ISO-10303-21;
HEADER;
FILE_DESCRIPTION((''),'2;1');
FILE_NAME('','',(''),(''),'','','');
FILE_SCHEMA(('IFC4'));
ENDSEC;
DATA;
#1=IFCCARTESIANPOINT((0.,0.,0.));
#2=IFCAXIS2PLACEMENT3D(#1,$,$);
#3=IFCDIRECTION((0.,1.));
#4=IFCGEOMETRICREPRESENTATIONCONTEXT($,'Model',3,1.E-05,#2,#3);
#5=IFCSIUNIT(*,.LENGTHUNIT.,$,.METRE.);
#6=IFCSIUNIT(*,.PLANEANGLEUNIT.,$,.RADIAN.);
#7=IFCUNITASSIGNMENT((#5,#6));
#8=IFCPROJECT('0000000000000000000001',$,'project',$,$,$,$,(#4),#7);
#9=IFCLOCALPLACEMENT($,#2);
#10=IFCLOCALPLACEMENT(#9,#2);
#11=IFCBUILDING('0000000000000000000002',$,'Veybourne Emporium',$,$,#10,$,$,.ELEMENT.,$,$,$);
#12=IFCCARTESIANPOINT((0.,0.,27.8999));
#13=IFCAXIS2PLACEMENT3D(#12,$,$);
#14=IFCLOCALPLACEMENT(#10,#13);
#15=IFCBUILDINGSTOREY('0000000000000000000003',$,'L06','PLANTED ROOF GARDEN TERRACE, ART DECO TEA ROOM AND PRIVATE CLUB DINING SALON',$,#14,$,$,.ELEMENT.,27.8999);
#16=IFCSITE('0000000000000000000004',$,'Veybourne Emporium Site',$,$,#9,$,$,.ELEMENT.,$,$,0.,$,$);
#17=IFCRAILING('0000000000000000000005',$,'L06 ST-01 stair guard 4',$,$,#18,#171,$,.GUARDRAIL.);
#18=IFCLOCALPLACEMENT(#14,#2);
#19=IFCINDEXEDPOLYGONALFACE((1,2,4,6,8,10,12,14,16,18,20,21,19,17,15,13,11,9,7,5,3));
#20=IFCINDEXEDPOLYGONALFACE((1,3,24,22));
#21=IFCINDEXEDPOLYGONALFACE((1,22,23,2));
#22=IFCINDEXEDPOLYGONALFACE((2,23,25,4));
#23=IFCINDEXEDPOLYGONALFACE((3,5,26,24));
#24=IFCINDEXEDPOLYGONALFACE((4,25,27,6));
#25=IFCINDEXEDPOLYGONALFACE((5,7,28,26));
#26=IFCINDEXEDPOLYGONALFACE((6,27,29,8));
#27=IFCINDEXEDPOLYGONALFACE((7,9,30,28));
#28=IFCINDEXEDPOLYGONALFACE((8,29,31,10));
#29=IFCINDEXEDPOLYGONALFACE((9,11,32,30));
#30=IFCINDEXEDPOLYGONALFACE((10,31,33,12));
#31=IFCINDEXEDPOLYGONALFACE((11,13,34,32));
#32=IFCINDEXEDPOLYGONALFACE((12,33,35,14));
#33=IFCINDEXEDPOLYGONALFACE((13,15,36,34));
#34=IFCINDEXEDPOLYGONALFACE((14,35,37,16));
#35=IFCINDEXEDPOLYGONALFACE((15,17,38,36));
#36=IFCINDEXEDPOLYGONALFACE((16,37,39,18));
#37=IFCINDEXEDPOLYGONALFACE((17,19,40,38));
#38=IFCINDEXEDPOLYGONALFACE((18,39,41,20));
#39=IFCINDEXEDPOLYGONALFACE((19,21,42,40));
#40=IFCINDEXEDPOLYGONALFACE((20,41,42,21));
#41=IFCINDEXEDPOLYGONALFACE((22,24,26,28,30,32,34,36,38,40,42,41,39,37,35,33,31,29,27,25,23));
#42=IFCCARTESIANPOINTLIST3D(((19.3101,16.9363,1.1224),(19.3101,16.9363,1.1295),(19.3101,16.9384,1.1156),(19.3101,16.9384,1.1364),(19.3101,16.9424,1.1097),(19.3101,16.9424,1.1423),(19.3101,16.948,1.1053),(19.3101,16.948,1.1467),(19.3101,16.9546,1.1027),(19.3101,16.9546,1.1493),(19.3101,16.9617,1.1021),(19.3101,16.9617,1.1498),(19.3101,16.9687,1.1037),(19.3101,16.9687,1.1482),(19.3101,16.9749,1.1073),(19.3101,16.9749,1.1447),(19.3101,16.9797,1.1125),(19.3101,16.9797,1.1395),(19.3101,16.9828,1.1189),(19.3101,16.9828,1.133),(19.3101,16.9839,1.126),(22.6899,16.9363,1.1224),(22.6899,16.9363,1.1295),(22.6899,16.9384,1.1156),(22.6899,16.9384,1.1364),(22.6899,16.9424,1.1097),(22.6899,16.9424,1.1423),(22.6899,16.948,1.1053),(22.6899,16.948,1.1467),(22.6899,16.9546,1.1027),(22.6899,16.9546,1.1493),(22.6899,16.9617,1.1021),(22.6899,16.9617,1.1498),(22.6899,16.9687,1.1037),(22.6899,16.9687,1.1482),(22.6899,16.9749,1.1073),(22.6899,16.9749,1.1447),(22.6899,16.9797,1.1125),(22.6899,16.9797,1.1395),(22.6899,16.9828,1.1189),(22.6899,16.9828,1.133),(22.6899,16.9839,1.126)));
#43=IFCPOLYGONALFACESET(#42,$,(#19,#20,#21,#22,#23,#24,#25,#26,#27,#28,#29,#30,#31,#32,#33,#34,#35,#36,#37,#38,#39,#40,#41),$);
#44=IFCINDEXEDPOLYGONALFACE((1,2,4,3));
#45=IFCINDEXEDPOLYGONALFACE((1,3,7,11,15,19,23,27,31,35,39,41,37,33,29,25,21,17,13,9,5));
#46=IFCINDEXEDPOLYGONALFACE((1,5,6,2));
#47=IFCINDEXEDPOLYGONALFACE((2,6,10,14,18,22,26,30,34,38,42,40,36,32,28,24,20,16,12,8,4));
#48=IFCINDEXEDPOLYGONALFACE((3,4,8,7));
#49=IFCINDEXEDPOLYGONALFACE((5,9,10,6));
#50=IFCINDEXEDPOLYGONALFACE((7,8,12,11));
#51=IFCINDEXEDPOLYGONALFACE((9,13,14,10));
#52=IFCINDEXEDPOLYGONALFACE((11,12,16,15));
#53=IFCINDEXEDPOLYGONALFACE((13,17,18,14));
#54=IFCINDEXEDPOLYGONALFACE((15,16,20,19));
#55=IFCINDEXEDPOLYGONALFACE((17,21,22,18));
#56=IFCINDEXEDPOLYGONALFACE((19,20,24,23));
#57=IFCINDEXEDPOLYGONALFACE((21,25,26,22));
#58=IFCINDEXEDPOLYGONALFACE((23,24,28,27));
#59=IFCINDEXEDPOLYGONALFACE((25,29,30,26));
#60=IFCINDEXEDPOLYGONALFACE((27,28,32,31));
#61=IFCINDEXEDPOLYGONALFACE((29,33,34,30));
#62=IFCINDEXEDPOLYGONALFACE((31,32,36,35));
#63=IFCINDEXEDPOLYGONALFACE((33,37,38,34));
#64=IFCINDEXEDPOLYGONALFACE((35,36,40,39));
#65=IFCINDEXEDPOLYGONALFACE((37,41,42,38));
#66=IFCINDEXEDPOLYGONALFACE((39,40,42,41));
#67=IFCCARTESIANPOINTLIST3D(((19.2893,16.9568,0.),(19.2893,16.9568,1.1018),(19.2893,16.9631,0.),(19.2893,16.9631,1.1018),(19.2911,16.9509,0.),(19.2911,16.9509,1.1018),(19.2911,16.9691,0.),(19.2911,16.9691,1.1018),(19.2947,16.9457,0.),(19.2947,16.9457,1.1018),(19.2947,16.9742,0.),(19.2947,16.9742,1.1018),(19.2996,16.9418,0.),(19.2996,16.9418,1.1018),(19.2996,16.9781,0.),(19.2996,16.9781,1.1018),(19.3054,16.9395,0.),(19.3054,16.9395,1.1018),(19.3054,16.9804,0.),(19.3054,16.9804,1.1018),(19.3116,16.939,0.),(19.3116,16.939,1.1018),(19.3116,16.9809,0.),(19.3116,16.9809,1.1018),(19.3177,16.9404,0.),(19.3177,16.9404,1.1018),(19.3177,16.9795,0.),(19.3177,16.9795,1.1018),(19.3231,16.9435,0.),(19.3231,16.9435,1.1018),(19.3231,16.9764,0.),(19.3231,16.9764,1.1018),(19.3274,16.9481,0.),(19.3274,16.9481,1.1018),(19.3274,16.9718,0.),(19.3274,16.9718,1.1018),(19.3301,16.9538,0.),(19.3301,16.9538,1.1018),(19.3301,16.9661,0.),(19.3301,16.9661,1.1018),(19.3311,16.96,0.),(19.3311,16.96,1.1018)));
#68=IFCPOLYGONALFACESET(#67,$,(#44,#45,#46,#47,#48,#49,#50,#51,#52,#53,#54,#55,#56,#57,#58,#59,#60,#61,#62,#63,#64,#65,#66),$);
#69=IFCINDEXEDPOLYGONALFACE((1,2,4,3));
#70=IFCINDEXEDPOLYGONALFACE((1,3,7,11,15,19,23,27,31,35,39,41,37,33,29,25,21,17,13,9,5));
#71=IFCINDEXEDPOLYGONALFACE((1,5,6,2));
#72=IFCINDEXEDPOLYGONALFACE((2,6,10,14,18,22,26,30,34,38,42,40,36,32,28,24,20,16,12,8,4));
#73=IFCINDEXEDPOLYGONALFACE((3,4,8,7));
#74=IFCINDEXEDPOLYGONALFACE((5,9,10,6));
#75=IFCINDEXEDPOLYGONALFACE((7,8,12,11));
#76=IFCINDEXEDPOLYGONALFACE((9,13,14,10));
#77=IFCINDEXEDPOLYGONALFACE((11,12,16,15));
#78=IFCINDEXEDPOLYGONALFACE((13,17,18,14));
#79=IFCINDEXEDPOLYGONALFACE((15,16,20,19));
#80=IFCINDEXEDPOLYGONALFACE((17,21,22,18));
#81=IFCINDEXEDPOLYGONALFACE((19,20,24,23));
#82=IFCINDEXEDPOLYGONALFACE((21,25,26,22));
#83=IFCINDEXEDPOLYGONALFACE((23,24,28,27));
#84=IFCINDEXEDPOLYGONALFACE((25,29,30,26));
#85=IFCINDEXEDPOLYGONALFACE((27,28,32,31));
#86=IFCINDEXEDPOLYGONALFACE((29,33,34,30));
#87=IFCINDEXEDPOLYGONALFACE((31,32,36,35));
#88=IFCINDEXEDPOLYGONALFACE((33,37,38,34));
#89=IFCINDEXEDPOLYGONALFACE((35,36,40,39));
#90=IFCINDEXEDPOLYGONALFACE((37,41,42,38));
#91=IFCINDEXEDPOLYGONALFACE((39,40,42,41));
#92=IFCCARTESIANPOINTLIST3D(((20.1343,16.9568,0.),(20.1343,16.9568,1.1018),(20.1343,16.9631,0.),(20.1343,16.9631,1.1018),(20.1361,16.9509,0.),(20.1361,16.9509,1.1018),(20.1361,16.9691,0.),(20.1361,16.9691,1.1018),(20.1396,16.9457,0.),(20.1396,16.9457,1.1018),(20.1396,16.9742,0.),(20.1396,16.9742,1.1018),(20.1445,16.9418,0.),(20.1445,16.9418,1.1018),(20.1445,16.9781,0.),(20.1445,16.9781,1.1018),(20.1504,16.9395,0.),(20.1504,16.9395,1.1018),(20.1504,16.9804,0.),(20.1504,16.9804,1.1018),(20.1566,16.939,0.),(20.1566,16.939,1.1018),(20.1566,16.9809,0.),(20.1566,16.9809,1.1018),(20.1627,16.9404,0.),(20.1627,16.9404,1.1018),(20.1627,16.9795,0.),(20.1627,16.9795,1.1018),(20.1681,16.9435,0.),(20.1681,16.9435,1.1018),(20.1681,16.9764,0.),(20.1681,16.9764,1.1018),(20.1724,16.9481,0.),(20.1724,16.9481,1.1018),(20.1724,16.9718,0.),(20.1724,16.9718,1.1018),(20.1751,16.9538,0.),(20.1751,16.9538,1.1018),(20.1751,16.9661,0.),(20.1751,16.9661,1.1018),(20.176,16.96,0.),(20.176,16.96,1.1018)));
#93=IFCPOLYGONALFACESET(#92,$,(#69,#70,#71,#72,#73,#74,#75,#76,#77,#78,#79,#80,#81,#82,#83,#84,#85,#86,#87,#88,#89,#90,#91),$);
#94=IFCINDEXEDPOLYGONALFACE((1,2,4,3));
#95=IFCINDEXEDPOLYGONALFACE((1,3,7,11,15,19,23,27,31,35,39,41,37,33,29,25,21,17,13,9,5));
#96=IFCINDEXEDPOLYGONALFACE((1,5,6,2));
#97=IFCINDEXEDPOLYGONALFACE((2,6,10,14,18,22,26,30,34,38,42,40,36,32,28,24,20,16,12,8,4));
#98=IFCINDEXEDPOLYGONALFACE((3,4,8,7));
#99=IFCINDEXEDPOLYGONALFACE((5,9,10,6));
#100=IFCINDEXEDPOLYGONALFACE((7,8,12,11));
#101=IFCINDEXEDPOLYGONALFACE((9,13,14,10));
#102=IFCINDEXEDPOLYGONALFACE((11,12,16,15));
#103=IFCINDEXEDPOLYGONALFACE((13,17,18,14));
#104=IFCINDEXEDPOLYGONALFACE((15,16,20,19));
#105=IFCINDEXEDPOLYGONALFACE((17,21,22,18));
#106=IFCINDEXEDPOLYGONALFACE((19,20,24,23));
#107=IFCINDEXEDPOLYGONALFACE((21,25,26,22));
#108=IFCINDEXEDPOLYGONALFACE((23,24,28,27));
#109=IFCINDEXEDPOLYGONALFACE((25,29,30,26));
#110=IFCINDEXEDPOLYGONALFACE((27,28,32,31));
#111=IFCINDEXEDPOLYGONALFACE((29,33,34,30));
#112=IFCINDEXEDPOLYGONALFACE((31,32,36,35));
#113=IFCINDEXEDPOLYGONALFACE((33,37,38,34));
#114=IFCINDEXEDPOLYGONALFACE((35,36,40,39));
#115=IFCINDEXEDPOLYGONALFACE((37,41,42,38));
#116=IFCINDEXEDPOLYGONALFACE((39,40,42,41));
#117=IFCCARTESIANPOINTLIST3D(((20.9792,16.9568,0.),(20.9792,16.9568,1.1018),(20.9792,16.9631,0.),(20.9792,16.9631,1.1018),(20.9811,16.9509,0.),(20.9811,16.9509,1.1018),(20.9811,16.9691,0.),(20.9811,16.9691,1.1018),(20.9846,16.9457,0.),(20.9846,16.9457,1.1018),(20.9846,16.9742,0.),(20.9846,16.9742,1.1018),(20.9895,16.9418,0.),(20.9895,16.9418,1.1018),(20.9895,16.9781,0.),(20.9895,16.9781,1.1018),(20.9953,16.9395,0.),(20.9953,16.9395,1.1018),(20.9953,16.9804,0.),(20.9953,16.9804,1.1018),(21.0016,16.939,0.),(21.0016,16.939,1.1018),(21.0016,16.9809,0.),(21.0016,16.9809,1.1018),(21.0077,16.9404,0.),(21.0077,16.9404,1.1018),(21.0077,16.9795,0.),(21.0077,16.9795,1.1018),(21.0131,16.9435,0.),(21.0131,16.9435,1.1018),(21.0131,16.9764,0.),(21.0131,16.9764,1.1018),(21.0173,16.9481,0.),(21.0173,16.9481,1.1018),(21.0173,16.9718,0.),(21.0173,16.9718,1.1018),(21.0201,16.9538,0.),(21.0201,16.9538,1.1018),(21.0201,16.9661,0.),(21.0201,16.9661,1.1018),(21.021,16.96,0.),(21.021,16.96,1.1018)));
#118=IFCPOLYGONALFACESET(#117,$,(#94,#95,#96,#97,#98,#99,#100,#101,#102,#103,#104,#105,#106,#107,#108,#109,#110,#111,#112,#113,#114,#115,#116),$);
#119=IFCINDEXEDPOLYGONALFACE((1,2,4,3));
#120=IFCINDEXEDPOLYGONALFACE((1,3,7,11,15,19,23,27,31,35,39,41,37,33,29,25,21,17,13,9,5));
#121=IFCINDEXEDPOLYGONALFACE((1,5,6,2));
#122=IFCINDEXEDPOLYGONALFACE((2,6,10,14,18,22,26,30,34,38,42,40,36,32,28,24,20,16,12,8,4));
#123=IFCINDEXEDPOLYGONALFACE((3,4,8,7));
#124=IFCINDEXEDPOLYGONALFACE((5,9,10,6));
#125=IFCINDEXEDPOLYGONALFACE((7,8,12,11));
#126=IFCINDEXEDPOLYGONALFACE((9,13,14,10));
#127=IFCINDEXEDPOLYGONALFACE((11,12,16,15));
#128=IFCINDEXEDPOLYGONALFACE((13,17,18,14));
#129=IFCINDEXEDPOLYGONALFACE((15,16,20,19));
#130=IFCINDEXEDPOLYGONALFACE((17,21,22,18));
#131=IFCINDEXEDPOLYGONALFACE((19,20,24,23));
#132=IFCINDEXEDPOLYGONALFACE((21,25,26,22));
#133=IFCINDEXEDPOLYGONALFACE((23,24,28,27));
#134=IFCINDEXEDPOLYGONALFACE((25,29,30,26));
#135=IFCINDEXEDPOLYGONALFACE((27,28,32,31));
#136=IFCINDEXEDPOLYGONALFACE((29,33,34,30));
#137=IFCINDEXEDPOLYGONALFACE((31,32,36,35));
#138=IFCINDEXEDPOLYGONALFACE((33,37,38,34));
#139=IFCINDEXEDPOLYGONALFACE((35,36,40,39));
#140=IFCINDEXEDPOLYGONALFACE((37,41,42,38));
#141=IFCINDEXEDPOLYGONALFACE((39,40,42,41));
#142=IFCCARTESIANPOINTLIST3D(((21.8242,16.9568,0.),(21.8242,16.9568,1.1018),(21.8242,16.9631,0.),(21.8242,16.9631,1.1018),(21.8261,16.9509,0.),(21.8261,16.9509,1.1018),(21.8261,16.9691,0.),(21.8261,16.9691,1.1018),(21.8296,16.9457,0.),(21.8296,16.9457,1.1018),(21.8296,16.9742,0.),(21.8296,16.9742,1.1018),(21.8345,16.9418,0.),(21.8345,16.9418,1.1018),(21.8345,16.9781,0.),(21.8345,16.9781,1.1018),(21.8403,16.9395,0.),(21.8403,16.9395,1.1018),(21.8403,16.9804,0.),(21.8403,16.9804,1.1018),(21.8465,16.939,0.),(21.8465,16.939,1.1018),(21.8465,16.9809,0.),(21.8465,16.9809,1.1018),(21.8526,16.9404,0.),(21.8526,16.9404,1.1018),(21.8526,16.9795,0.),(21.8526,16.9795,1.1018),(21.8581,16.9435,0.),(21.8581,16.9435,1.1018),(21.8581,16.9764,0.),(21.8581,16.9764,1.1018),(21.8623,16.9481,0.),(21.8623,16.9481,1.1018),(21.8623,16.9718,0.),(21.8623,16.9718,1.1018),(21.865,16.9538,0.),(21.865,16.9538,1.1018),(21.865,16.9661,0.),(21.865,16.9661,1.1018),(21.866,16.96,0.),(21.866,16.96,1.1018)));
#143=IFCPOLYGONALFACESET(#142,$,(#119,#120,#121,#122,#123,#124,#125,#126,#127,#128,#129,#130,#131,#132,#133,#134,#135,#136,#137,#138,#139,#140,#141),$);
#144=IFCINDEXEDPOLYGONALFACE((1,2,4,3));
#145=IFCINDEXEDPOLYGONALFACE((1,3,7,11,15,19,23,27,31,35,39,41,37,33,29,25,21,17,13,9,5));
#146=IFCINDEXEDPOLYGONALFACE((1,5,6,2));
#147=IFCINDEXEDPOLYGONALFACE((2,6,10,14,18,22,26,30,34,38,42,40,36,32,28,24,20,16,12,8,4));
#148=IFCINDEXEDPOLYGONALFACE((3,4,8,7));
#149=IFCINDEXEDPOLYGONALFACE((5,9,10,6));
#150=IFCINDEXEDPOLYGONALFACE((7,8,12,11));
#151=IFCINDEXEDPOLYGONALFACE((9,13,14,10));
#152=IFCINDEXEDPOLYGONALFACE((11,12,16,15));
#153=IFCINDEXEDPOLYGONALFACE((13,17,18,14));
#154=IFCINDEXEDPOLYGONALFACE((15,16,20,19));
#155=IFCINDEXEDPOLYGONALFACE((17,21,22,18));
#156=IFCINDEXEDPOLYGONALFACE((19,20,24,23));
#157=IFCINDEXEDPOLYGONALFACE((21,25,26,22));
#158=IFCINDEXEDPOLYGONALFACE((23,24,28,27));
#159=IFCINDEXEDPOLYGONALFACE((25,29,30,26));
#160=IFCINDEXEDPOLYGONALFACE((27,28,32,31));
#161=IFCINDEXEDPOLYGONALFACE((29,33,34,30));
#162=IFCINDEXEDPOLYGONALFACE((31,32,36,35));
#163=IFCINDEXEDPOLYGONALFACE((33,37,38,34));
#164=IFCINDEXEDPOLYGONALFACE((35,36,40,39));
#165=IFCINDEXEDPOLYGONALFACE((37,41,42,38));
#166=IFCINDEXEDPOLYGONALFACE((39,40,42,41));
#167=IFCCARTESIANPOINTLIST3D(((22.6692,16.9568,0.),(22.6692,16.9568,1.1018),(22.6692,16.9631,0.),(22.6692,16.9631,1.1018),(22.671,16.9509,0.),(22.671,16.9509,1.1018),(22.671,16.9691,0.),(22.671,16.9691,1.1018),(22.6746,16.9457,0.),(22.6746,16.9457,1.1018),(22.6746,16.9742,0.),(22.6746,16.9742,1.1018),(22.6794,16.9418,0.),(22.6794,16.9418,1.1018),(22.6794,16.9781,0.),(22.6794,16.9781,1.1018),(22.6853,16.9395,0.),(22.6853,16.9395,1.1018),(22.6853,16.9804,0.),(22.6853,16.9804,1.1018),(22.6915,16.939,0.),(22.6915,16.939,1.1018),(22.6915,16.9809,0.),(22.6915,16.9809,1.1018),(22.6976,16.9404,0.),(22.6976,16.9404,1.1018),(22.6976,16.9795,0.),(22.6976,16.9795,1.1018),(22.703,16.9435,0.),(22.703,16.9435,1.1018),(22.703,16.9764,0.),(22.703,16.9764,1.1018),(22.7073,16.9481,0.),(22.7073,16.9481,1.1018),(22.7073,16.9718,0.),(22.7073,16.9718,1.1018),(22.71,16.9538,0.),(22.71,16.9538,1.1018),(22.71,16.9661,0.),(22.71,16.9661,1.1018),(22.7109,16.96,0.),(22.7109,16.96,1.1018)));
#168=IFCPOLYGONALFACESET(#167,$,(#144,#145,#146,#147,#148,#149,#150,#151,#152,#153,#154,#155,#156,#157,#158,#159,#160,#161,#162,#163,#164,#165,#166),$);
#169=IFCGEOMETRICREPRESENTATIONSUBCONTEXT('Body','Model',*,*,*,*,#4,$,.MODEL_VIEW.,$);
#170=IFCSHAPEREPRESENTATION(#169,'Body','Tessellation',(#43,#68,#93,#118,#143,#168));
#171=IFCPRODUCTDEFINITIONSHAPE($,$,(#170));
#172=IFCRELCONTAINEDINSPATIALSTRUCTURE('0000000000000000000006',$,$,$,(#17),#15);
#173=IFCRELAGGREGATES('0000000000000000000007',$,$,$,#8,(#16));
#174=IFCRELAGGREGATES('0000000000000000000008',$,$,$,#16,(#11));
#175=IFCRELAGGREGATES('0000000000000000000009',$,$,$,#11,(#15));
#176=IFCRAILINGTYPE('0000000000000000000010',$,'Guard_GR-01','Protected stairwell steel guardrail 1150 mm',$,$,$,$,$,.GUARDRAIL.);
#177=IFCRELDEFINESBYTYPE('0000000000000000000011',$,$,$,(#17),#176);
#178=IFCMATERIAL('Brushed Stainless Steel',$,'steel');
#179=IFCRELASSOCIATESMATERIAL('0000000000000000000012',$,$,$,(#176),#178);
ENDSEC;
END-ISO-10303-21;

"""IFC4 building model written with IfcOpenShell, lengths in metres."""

from ifc_helpers import new_model, si_unit, direction, frame, origin, origin_2d, place, context, subcontext, project, spatial, circle, extrude, material, type_object, element, save


model = new_model("IFC4")

# Units and contexts
model_context = context("Model", 3, precision=1e-05, world=origin(), true_north=direction((0.0, 1.0)))
body_context = subcontext(model_context, "Body", "Model", "MODEL_VIEW")
ifc_project = project(units=[si_unit("LENGTHUNIT", "METRE"), si_unit("PLANEANGLEUNIT", "RADIAN")], contexts=[model_context])

# Site, building, storey
site_placement = place(None, origin())
site = spatial("IfcSite", under=ifc_project, at=site_placement, Name="Veybourne Emporium Site", CompositionType="ELEMENT", RefElevation=0.0)
building_placement = place(site_placement, origin())
building = spatial("IfcBuilding", under=site, at=building_placement, Name="Veybourne Emporium", CompositionType="ELEMENT")
storey_placement = place(building_placement, frame((0.0, 0.0, 27.8999)))
storey = spatial("IfcBuildingStorey", under=building, at=storey_placement, Name="L06", Description="PLANTED ROOF GARDEN TERRACE, ART DECO TEA ROOM AND PRIVATE CLUB DINING SALON", CompositionType="ELEMENT", Elevation=27.8999)

# Railing
ifc_material_1 = material(Name="Brushed Stainless Steel", Category="steel")
railing_type_1 = type_object("IfcRailingType", Name="Guard_GR-01", Description="Protected stairwell steel guardrail 1150 mm", PredefinedType="GUARDRAIL", material=ifc_material_1)
railing_1_placement = place(storey_placement, frame((19.3101, 16.96, 0.0)))
element("IfcRailing", 1, at=railing_1_placement, inside=storey, type_object=railing_type_1, Name="L06 ST-01 stair guard 4", PredefinedType="GUARDRAIL", context=body_context, shape_type="SweptSolid", body=[
    extrude(circle(Radius=0.0239, at=origin_2d()), frame((0.0, 0.0, 1.126), z_axis=(1.0, 0.0, 0.0), x_axis=(0.0, 1.0, 0.0)), (0.0, 0.0, 1.0), 3.3799),
    extrude(circle(Radius=0.021, at=origin_2d()), origin(), (0.0, 0.0, 1.0), 1.1018),
    extrude(circle(Radius=0.021, at=origin_2d()), frame((0.845, 0.0, 0.0)), (0.0, 0.0, 1.0), 1.1018),
    extrude(circle(Radius=0.021, at=origin_2d()), frame((1.6899, 0.0, 0.0)), (0.0, 0.0, 1.0), 1.1018),
    extrude(circle(Radius=0.021, at=origin_2d()), frame((2.5349, 0.0, 0.0)), (0.0, 0.0, 1.0), 1.1018),
    extrude(circle(Radius=0.021, at=origin_2d()), frame((3.3799, 0.0, 0.0)), (0.0, 0.0, 1.0), 1.1018),
])

save(model, "model.ifc")
